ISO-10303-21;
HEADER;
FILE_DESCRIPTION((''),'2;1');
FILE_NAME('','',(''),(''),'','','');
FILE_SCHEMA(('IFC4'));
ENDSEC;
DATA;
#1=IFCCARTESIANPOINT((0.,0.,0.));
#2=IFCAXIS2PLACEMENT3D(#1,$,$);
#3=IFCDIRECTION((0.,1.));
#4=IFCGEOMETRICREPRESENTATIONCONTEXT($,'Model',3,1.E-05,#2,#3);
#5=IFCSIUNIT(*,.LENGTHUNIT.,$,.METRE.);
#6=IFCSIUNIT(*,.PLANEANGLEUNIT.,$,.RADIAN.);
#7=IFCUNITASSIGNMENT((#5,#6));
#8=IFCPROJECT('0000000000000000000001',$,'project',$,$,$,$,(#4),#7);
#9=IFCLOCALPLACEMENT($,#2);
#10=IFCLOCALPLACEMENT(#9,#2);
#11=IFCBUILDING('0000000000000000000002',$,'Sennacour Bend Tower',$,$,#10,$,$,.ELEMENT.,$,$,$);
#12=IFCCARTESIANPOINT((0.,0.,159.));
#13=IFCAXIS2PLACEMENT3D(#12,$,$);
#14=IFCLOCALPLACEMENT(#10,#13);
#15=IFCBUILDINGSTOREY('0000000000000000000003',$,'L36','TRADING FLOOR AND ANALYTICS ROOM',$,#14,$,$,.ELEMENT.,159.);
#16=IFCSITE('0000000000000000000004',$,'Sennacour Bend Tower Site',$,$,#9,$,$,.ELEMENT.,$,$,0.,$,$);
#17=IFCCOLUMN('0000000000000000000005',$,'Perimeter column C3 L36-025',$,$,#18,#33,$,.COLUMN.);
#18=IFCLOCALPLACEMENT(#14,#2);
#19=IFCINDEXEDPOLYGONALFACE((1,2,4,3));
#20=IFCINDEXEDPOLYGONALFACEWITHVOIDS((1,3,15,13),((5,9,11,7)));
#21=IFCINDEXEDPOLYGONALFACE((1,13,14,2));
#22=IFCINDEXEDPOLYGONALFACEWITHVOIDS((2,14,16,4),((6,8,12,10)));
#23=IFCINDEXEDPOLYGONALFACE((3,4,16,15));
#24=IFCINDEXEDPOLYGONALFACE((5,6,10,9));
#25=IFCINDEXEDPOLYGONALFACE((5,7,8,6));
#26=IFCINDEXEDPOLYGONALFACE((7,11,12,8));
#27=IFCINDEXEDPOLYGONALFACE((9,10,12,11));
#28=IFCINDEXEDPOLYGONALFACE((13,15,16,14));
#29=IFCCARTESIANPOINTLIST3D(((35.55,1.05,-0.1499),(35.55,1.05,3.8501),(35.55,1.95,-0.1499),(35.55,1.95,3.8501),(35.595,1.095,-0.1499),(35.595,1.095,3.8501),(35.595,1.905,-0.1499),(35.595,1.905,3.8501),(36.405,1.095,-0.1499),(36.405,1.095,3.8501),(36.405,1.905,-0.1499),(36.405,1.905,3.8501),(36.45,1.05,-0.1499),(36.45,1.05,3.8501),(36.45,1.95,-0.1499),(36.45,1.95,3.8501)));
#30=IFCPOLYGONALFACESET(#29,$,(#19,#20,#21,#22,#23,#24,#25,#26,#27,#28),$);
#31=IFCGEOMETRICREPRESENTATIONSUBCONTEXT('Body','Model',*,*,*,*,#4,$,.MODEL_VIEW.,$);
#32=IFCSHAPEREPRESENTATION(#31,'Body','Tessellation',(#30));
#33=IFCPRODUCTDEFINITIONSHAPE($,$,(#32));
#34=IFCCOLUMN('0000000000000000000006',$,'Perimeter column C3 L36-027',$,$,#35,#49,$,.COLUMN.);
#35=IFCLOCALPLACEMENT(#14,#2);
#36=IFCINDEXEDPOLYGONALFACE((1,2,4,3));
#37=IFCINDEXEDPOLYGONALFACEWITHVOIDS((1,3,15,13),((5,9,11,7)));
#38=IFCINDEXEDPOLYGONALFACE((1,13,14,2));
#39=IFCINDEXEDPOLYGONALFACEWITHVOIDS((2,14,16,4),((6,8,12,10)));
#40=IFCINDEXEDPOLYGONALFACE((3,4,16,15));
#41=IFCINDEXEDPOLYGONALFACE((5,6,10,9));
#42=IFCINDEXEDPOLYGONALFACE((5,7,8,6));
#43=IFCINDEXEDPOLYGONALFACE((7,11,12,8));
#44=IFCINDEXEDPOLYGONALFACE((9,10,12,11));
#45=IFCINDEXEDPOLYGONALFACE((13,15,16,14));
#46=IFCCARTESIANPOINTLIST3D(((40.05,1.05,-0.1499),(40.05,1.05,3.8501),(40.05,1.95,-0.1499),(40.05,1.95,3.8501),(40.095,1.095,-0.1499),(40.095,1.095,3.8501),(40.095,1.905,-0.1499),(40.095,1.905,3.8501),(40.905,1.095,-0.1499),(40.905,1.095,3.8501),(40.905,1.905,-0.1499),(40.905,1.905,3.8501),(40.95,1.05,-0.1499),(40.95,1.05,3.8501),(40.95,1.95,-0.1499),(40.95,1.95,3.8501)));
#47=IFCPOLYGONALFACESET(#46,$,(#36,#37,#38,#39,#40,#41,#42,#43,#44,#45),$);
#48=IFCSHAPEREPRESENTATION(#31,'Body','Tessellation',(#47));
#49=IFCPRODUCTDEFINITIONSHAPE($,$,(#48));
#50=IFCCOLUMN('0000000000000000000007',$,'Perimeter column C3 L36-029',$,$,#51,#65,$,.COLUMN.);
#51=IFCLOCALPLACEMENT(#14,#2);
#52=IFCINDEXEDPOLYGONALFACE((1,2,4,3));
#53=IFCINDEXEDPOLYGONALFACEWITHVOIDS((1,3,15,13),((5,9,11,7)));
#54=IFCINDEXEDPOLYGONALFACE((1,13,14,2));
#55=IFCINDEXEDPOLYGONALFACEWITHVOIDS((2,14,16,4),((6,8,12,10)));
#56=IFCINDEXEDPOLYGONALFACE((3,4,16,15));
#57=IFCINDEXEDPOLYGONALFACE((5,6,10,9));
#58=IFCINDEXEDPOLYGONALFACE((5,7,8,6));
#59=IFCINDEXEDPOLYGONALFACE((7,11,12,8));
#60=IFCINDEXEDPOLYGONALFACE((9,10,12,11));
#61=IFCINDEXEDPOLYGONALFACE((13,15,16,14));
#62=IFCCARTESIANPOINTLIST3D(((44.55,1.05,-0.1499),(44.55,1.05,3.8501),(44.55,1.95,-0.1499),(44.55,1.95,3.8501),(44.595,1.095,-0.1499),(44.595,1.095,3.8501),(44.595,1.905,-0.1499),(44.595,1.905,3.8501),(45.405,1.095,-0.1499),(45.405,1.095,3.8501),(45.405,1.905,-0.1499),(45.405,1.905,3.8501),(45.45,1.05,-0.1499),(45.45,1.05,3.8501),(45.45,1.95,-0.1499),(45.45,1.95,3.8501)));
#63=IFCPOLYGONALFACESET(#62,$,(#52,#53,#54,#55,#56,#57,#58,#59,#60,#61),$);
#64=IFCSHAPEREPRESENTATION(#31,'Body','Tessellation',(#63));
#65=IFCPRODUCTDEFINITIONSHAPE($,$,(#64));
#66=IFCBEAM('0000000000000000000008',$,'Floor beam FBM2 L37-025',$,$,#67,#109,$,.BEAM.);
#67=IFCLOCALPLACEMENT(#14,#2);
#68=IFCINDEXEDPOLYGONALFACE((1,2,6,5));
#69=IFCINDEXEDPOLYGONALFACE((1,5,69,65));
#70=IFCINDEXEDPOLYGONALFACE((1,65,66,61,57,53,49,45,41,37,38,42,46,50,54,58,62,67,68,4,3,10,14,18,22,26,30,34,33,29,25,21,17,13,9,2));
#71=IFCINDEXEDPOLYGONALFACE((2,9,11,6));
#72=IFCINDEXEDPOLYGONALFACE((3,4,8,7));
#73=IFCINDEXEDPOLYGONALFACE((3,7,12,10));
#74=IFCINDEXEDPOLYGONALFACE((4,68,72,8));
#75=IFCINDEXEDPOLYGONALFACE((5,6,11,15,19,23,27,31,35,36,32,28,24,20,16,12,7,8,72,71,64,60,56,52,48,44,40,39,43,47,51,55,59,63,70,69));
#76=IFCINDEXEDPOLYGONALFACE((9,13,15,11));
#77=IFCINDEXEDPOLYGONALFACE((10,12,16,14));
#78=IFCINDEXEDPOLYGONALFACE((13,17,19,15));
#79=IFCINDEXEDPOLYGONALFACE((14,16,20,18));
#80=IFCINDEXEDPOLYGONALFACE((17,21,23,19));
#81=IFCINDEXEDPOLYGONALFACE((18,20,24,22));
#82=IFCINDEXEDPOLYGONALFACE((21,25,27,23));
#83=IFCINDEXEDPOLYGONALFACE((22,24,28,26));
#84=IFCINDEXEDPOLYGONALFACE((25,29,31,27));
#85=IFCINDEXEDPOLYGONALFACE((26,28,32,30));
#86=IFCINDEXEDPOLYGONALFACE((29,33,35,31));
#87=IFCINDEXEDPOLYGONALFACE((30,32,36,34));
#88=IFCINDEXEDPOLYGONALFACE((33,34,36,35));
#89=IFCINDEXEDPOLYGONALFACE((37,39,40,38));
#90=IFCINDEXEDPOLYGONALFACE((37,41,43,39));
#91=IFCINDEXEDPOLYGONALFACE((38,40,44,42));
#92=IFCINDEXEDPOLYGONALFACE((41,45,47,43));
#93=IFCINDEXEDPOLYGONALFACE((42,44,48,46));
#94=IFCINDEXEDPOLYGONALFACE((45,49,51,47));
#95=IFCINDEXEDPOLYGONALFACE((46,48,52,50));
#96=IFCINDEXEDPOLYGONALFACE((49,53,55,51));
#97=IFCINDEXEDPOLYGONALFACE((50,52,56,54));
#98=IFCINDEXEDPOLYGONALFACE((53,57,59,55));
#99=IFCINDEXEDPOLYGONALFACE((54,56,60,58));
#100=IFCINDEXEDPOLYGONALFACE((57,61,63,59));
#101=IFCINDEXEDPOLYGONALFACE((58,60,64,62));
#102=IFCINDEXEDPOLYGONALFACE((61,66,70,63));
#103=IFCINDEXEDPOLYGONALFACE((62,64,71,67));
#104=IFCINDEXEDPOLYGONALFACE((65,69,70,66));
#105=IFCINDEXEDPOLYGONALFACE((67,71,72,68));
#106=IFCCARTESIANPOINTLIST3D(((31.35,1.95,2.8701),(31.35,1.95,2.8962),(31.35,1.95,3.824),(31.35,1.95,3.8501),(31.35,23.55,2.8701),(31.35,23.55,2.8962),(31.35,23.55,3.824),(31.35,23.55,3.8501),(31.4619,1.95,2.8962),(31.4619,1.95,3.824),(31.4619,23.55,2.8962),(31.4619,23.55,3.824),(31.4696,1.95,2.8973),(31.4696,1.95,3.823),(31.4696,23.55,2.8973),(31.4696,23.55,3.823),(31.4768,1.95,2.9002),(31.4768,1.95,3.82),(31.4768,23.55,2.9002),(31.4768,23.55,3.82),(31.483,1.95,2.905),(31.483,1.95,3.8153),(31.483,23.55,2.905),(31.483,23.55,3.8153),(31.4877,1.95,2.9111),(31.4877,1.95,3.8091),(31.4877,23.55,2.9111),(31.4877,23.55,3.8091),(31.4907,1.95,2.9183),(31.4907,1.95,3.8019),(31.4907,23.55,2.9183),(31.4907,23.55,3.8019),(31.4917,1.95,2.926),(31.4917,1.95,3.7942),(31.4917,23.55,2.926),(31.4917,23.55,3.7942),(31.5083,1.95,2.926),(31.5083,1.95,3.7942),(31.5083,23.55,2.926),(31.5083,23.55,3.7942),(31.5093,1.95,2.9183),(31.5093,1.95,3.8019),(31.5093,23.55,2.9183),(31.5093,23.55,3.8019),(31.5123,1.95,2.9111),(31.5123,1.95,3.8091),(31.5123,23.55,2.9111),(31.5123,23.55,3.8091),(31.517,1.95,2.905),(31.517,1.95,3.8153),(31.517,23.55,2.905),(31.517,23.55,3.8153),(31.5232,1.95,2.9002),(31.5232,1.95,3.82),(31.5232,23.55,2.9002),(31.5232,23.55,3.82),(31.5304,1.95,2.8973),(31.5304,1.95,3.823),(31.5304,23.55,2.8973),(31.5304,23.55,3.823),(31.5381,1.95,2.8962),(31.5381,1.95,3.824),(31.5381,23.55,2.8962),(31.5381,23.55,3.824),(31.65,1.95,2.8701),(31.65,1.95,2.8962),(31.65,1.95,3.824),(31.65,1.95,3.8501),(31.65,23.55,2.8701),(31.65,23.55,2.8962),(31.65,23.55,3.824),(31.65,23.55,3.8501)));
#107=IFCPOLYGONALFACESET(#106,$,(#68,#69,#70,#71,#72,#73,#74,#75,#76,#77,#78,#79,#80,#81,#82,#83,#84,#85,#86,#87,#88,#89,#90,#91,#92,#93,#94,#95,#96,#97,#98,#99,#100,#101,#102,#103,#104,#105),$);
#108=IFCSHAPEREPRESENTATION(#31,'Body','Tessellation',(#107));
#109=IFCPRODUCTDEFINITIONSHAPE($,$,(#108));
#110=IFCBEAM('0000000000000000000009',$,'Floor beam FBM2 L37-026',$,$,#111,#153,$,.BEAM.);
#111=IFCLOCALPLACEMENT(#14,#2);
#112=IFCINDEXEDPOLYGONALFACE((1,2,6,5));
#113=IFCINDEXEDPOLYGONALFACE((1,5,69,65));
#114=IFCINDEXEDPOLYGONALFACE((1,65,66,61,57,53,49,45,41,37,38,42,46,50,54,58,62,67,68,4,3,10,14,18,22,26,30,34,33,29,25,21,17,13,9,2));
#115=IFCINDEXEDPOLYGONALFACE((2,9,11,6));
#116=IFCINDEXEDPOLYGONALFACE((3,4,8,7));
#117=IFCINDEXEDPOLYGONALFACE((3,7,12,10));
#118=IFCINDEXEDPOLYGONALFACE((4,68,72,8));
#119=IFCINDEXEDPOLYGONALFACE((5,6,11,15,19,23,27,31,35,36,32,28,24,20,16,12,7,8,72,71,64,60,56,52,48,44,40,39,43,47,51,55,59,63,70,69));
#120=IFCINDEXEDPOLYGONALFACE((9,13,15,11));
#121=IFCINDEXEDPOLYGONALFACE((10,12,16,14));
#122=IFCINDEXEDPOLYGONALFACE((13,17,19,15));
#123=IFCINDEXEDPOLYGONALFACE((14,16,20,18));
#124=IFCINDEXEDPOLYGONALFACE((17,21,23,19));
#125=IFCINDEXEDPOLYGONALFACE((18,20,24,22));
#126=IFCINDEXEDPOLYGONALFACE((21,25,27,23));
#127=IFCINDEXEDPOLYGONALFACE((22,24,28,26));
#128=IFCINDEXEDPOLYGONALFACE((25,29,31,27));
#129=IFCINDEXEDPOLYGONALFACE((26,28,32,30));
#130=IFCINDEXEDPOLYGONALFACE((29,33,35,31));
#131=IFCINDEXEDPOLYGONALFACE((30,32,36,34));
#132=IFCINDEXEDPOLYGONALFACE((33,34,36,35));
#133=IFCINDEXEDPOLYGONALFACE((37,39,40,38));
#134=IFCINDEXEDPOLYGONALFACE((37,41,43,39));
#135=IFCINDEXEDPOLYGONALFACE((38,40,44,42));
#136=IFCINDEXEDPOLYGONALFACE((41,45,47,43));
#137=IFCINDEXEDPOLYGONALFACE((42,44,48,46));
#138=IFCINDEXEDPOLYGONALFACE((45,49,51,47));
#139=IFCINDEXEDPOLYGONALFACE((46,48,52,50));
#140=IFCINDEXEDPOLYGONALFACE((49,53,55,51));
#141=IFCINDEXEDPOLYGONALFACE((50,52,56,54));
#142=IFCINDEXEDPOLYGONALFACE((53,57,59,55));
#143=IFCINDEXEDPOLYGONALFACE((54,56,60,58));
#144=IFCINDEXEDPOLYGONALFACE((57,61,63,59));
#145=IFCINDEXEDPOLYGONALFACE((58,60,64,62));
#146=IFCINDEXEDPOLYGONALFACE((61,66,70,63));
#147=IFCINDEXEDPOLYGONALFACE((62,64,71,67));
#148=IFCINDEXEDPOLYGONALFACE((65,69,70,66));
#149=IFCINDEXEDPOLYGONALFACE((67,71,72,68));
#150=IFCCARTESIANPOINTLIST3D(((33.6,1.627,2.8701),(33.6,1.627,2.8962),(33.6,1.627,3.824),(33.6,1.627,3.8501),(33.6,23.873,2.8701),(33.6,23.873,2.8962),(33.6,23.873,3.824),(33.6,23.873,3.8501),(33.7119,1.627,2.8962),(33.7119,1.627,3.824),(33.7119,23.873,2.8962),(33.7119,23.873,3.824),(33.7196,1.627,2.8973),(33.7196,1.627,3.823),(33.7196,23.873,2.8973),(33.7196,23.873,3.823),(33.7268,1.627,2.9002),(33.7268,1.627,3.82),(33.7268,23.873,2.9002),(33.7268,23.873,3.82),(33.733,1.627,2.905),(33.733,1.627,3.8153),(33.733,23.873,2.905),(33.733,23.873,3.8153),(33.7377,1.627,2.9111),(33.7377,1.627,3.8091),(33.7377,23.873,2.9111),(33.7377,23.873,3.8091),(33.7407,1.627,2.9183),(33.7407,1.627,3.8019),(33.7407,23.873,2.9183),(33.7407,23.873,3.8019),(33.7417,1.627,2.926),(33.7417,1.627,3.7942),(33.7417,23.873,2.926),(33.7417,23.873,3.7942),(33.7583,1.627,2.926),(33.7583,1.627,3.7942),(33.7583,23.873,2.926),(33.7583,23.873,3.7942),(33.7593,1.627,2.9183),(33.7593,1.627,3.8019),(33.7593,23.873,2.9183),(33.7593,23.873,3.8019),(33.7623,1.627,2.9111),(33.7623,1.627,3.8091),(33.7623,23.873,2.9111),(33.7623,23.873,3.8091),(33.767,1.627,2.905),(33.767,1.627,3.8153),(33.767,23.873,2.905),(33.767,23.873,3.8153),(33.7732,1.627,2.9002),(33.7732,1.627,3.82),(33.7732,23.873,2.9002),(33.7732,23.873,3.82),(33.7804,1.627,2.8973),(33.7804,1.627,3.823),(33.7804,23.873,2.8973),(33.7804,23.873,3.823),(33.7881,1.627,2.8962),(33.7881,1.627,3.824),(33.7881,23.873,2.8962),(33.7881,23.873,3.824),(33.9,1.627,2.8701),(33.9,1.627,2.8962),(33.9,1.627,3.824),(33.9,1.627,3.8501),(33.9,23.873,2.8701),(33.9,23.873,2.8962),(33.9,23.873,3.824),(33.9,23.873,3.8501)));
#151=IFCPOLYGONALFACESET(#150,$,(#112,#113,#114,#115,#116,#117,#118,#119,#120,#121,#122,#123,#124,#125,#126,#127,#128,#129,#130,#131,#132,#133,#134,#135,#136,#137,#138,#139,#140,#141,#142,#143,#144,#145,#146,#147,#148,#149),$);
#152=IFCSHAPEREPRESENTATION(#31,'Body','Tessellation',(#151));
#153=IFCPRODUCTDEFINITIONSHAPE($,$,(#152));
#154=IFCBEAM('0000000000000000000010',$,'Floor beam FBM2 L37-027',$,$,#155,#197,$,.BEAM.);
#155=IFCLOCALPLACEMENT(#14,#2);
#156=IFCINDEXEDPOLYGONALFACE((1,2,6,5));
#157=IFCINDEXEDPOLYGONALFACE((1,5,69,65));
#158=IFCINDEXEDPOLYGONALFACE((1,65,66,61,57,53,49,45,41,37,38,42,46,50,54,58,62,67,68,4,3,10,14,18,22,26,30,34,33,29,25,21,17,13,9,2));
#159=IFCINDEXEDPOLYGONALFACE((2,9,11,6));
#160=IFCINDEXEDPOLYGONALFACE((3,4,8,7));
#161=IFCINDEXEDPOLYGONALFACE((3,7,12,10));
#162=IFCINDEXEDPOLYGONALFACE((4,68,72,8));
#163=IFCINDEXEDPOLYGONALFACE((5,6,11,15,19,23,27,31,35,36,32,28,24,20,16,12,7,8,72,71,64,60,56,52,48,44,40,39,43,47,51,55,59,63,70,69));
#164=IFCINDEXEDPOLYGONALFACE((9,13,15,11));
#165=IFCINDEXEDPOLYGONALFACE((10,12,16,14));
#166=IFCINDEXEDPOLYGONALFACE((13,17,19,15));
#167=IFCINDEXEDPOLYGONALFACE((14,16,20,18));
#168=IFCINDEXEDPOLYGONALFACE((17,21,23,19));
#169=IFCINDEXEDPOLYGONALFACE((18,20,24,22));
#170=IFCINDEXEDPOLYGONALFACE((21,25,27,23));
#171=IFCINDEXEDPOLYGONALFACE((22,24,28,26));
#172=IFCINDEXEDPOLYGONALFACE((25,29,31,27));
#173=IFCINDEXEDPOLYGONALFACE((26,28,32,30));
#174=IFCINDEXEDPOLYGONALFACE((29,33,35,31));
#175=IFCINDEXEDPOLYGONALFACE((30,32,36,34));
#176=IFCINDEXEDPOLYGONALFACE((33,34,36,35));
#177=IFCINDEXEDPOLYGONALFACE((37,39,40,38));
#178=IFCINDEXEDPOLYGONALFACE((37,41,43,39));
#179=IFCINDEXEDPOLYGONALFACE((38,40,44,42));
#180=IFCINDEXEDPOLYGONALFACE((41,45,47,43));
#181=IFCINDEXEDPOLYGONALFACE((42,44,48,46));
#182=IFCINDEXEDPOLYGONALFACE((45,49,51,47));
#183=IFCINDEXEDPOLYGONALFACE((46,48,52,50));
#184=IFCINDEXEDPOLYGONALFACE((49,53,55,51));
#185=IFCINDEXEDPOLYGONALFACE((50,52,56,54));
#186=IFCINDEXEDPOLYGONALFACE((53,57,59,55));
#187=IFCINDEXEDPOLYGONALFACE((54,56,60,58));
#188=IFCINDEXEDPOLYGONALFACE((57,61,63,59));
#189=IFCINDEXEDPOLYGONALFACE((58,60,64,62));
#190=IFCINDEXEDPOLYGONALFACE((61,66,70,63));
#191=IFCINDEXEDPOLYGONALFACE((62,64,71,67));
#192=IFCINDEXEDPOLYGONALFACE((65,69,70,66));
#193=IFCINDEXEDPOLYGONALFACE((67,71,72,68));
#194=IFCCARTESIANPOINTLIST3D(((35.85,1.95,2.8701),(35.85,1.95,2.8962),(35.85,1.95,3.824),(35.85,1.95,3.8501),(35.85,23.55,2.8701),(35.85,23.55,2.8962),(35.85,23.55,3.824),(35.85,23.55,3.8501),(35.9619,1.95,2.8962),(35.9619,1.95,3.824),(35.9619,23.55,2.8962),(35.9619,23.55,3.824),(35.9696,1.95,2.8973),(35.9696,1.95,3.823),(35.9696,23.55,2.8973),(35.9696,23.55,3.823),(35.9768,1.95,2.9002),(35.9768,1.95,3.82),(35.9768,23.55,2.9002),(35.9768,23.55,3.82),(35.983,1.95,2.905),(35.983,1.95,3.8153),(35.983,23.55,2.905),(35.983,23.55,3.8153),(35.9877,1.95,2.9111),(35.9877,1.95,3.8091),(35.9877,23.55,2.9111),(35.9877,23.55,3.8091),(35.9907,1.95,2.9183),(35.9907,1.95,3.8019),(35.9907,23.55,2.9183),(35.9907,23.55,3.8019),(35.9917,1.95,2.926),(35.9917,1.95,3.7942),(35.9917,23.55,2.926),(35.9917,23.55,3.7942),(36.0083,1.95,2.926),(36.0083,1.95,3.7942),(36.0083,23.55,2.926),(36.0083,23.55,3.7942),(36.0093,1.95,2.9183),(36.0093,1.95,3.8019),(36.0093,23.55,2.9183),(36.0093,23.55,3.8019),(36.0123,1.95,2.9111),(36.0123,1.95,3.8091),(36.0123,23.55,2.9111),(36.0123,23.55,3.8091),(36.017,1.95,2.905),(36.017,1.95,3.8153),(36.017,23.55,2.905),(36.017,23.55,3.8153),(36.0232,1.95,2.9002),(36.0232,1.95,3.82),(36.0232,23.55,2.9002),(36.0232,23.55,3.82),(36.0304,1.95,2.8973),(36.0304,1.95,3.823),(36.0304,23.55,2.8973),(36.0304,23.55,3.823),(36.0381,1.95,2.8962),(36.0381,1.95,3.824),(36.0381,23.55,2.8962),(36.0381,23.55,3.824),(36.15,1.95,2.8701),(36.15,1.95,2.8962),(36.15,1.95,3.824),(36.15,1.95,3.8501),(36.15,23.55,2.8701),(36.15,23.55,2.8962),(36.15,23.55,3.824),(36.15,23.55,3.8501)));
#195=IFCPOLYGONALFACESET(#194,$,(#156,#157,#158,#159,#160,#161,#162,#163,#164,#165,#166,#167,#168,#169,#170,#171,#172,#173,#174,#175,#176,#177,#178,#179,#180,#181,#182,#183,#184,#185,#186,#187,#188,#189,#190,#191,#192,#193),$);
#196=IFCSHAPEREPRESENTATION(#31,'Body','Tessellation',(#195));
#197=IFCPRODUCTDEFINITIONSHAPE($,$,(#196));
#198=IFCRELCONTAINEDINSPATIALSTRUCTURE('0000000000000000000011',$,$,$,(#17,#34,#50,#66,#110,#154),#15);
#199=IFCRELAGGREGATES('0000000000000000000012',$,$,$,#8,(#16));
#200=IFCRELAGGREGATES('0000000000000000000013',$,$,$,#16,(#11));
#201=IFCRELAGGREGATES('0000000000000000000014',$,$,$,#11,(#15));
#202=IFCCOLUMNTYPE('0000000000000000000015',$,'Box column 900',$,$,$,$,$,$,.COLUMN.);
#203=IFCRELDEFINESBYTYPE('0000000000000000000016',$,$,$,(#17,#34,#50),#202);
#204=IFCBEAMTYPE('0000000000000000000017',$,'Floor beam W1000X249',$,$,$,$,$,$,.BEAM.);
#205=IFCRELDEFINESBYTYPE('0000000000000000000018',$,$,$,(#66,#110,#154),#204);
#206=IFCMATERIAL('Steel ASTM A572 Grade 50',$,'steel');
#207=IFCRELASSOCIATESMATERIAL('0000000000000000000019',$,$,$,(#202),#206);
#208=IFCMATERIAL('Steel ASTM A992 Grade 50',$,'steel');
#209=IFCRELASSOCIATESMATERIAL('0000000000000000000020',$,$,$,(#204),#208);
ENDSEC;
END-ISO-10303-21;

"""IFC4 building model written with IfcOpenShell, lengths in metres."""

from ifc_helpers import new_model, si_unit, direction, frame, origin, origin_2d, place, context, subcontext, project, spatial, hollow_rectangle, i_section, extrude, material, material_profile, profile_set, type_object, element, save


model = new_model("IFC4")

# Units and contexts
model_context = context("Model", 3, precision=1e-05, world=origin(), true_north=direction((0.0, 1.0)))
body_context = subcontext(model_context, "Body", "Model", "MODEL_VIEW")
ifc_project = project(units=[si_unit("LENGTHUNIT", "METRE"), si_unit("PLANEANGLEUNIT", "RADIAN")], contexts=[model_context])

# Site, building, storey
site_placement = place(None, origin())
site = spatial("IfcSite", under=ifc_project, at=site_placement, Name="Sennacour Bend Tower Site", CompositionType="ELEMENT", RefElevation=0.0)
building_placement = place(site_placement, origin())
building = spatial("IfcBuilding", under=site, at=building_placement, Name="Sennacour Bend Tower", CompositionType="ELEMENT")
storey_placement = place(building_placement, frame((0.0, 0.0, 159.0)))
storey = spatial("IfcBuildingStorey", under=building, at=storey_placement, Name="L36", Description="TRADING FLOOR AND ANALYTICS ROOM", CompositionType="ELEMENT", Elevation=159.0)

# Columns
ifc_material_1 = material(Name="Steel ASTM A572 Grade 50", Category="steel")
ifc_material_profile_1 = material_profile(ifc_material_1, hollow_rectangle(XDim=0.8999, YDim=0.8999, WallThickness=0.0449, at=origin_2d()), Name="Steel ASTM A572 Grade 50", Category="steel")
ifc_profile_set_1 = profile_set([ifc_material_profile_1], Name="Steel ASTM A572 Grade 50")
column_type = type_object("IfcColumnType", Name="Box column 900", PredefinedType="COLUMN", material=ifc_profile_set_1)
for number, where, z_axis, x_axis, name in (
    (1, (36.0, 1.5, -0.1499), (0.0, 0.0, 1.0), (1.0, 0.0, 0.0), "Perimeter column C3 L36-025"),
    (2, (40.5, 1.5, -0.1499), (0.0, 0.0, 1.0), (1.0, 0.0, 0.0), "Perimeter column C3 L36-027"),
    (3, (45.0, 1.5, -0.1499), (0.0, 0.0, 1.0), (1.0, 0.0, 0.0), "Perimeter column C3 L36-029"),
):
    element("IfcColumn", number, at=place(storey_placement, frame(where, z_axis=z_axis, x_axis=x_axis)), inside=storey, type_object=column_type, Name=name, PredefinedType="COLUMN", context=body_context, shape_type="SweptSolid", body=[
        extrude(hollow_rectangle(XDim=0.8999, YDim=0.8999, WallThickness=0.0449, at=origin_2d()), origin(), (0.0, 0.0, 1.0), 4.0),
    ])

# Beams
ifc_material_2 = material(Name="Steel ASTM A992 Grade 50", Category="steel")
ifc_material_profile_2 = material_profile(ifc_material_2, i_section(OverallWidth=0.3, OverallDepth=0.98, WebThickness=0.0166, FlangeThickness=0.0261, FilletRadius=0.0298, at=origin_2d()), Name="Steel ASTM A992 Grade 50", Category="steel")
ifc_profile_set_2 = profile_set([ifc_material_profile_2], Name="Steel ASTM A992 Grade 50")
beam_type_1 = type_object("IfcBeamType", Name="Floor beam W1000X249", PredefinedType="BEAM", material=ifc_profile_set_2)
beam_1_placement = place(storey_placement, frame((31.5, 1.95, 3.3601), z_axis=(0.0, 1.0, 0.0), x_axis=(-1.0, 0.0, 0.0)))
element("IfcBeam", 4, at=beam_1_placement, inside=storey, type_object=beam_type_1, Name="Floor beam FBM2 L37-025", PredefinedType="BEAM", context=body_context, shape_type="SweptSolid", body=[
    extrude(i_section(OverallWidth=0.3, OverallDepth=0.98, WebThickness=0.0166, FlangeThickness=0.0261, FilletRadius=0.0298, at=origin_2d()), origin(), (0.0, 0.0, 1.0), 21.6001),
])
beam_2_placement = place(storey_placement, frame((33.75, 1.627, 3.3601), z_axis=(0.0, 1.0, 0.0), x_axis=(-1.0, 0.0, 0.0)))
element("IfcBeam", 5, at=beam_2_placement, inside=storey, type_object=beam_type_1, Name="Floor beam FBM2 L37-026", PredefinedType="BEAM", context=body_context, shape_type="SweptSolid", body=[
    extrude(i_section(OverallWidth=0.3, OverallDepth=0.98, WebThickness=0.0166, FlangeThickness=0.0261, FilletRadius=0.0298, at=origin_2d()), origin(), (0.0, 0.0, 1.0), 22.2461),
])
beam_3_placement = place(storey_placement, frame((36.0, 1.95, 3.3601), z_axis=(0.0, 1.0, 0.0), x_axis=(-1.0, 0.0, 0.0)))
element("IfcBeam", 6, at=beam_3_placement, inside=storey, type_object=beam_type_1, Name="Floor beam FBM2 L37-027", PredefinedType="BEAM", context=body_context, shape_type="SweptSolid", body=[
    extrude(i_section(OverallWidth=0.3, OverallDepth=0.98, WebThickness=0.0166, FlangeThickness=0.0261, FilletRadius=0.0298, at=origin_2d()), origin(), (0.0, 0.0, 1.0), 21.6001),
])

save(model, "model.ifc")
